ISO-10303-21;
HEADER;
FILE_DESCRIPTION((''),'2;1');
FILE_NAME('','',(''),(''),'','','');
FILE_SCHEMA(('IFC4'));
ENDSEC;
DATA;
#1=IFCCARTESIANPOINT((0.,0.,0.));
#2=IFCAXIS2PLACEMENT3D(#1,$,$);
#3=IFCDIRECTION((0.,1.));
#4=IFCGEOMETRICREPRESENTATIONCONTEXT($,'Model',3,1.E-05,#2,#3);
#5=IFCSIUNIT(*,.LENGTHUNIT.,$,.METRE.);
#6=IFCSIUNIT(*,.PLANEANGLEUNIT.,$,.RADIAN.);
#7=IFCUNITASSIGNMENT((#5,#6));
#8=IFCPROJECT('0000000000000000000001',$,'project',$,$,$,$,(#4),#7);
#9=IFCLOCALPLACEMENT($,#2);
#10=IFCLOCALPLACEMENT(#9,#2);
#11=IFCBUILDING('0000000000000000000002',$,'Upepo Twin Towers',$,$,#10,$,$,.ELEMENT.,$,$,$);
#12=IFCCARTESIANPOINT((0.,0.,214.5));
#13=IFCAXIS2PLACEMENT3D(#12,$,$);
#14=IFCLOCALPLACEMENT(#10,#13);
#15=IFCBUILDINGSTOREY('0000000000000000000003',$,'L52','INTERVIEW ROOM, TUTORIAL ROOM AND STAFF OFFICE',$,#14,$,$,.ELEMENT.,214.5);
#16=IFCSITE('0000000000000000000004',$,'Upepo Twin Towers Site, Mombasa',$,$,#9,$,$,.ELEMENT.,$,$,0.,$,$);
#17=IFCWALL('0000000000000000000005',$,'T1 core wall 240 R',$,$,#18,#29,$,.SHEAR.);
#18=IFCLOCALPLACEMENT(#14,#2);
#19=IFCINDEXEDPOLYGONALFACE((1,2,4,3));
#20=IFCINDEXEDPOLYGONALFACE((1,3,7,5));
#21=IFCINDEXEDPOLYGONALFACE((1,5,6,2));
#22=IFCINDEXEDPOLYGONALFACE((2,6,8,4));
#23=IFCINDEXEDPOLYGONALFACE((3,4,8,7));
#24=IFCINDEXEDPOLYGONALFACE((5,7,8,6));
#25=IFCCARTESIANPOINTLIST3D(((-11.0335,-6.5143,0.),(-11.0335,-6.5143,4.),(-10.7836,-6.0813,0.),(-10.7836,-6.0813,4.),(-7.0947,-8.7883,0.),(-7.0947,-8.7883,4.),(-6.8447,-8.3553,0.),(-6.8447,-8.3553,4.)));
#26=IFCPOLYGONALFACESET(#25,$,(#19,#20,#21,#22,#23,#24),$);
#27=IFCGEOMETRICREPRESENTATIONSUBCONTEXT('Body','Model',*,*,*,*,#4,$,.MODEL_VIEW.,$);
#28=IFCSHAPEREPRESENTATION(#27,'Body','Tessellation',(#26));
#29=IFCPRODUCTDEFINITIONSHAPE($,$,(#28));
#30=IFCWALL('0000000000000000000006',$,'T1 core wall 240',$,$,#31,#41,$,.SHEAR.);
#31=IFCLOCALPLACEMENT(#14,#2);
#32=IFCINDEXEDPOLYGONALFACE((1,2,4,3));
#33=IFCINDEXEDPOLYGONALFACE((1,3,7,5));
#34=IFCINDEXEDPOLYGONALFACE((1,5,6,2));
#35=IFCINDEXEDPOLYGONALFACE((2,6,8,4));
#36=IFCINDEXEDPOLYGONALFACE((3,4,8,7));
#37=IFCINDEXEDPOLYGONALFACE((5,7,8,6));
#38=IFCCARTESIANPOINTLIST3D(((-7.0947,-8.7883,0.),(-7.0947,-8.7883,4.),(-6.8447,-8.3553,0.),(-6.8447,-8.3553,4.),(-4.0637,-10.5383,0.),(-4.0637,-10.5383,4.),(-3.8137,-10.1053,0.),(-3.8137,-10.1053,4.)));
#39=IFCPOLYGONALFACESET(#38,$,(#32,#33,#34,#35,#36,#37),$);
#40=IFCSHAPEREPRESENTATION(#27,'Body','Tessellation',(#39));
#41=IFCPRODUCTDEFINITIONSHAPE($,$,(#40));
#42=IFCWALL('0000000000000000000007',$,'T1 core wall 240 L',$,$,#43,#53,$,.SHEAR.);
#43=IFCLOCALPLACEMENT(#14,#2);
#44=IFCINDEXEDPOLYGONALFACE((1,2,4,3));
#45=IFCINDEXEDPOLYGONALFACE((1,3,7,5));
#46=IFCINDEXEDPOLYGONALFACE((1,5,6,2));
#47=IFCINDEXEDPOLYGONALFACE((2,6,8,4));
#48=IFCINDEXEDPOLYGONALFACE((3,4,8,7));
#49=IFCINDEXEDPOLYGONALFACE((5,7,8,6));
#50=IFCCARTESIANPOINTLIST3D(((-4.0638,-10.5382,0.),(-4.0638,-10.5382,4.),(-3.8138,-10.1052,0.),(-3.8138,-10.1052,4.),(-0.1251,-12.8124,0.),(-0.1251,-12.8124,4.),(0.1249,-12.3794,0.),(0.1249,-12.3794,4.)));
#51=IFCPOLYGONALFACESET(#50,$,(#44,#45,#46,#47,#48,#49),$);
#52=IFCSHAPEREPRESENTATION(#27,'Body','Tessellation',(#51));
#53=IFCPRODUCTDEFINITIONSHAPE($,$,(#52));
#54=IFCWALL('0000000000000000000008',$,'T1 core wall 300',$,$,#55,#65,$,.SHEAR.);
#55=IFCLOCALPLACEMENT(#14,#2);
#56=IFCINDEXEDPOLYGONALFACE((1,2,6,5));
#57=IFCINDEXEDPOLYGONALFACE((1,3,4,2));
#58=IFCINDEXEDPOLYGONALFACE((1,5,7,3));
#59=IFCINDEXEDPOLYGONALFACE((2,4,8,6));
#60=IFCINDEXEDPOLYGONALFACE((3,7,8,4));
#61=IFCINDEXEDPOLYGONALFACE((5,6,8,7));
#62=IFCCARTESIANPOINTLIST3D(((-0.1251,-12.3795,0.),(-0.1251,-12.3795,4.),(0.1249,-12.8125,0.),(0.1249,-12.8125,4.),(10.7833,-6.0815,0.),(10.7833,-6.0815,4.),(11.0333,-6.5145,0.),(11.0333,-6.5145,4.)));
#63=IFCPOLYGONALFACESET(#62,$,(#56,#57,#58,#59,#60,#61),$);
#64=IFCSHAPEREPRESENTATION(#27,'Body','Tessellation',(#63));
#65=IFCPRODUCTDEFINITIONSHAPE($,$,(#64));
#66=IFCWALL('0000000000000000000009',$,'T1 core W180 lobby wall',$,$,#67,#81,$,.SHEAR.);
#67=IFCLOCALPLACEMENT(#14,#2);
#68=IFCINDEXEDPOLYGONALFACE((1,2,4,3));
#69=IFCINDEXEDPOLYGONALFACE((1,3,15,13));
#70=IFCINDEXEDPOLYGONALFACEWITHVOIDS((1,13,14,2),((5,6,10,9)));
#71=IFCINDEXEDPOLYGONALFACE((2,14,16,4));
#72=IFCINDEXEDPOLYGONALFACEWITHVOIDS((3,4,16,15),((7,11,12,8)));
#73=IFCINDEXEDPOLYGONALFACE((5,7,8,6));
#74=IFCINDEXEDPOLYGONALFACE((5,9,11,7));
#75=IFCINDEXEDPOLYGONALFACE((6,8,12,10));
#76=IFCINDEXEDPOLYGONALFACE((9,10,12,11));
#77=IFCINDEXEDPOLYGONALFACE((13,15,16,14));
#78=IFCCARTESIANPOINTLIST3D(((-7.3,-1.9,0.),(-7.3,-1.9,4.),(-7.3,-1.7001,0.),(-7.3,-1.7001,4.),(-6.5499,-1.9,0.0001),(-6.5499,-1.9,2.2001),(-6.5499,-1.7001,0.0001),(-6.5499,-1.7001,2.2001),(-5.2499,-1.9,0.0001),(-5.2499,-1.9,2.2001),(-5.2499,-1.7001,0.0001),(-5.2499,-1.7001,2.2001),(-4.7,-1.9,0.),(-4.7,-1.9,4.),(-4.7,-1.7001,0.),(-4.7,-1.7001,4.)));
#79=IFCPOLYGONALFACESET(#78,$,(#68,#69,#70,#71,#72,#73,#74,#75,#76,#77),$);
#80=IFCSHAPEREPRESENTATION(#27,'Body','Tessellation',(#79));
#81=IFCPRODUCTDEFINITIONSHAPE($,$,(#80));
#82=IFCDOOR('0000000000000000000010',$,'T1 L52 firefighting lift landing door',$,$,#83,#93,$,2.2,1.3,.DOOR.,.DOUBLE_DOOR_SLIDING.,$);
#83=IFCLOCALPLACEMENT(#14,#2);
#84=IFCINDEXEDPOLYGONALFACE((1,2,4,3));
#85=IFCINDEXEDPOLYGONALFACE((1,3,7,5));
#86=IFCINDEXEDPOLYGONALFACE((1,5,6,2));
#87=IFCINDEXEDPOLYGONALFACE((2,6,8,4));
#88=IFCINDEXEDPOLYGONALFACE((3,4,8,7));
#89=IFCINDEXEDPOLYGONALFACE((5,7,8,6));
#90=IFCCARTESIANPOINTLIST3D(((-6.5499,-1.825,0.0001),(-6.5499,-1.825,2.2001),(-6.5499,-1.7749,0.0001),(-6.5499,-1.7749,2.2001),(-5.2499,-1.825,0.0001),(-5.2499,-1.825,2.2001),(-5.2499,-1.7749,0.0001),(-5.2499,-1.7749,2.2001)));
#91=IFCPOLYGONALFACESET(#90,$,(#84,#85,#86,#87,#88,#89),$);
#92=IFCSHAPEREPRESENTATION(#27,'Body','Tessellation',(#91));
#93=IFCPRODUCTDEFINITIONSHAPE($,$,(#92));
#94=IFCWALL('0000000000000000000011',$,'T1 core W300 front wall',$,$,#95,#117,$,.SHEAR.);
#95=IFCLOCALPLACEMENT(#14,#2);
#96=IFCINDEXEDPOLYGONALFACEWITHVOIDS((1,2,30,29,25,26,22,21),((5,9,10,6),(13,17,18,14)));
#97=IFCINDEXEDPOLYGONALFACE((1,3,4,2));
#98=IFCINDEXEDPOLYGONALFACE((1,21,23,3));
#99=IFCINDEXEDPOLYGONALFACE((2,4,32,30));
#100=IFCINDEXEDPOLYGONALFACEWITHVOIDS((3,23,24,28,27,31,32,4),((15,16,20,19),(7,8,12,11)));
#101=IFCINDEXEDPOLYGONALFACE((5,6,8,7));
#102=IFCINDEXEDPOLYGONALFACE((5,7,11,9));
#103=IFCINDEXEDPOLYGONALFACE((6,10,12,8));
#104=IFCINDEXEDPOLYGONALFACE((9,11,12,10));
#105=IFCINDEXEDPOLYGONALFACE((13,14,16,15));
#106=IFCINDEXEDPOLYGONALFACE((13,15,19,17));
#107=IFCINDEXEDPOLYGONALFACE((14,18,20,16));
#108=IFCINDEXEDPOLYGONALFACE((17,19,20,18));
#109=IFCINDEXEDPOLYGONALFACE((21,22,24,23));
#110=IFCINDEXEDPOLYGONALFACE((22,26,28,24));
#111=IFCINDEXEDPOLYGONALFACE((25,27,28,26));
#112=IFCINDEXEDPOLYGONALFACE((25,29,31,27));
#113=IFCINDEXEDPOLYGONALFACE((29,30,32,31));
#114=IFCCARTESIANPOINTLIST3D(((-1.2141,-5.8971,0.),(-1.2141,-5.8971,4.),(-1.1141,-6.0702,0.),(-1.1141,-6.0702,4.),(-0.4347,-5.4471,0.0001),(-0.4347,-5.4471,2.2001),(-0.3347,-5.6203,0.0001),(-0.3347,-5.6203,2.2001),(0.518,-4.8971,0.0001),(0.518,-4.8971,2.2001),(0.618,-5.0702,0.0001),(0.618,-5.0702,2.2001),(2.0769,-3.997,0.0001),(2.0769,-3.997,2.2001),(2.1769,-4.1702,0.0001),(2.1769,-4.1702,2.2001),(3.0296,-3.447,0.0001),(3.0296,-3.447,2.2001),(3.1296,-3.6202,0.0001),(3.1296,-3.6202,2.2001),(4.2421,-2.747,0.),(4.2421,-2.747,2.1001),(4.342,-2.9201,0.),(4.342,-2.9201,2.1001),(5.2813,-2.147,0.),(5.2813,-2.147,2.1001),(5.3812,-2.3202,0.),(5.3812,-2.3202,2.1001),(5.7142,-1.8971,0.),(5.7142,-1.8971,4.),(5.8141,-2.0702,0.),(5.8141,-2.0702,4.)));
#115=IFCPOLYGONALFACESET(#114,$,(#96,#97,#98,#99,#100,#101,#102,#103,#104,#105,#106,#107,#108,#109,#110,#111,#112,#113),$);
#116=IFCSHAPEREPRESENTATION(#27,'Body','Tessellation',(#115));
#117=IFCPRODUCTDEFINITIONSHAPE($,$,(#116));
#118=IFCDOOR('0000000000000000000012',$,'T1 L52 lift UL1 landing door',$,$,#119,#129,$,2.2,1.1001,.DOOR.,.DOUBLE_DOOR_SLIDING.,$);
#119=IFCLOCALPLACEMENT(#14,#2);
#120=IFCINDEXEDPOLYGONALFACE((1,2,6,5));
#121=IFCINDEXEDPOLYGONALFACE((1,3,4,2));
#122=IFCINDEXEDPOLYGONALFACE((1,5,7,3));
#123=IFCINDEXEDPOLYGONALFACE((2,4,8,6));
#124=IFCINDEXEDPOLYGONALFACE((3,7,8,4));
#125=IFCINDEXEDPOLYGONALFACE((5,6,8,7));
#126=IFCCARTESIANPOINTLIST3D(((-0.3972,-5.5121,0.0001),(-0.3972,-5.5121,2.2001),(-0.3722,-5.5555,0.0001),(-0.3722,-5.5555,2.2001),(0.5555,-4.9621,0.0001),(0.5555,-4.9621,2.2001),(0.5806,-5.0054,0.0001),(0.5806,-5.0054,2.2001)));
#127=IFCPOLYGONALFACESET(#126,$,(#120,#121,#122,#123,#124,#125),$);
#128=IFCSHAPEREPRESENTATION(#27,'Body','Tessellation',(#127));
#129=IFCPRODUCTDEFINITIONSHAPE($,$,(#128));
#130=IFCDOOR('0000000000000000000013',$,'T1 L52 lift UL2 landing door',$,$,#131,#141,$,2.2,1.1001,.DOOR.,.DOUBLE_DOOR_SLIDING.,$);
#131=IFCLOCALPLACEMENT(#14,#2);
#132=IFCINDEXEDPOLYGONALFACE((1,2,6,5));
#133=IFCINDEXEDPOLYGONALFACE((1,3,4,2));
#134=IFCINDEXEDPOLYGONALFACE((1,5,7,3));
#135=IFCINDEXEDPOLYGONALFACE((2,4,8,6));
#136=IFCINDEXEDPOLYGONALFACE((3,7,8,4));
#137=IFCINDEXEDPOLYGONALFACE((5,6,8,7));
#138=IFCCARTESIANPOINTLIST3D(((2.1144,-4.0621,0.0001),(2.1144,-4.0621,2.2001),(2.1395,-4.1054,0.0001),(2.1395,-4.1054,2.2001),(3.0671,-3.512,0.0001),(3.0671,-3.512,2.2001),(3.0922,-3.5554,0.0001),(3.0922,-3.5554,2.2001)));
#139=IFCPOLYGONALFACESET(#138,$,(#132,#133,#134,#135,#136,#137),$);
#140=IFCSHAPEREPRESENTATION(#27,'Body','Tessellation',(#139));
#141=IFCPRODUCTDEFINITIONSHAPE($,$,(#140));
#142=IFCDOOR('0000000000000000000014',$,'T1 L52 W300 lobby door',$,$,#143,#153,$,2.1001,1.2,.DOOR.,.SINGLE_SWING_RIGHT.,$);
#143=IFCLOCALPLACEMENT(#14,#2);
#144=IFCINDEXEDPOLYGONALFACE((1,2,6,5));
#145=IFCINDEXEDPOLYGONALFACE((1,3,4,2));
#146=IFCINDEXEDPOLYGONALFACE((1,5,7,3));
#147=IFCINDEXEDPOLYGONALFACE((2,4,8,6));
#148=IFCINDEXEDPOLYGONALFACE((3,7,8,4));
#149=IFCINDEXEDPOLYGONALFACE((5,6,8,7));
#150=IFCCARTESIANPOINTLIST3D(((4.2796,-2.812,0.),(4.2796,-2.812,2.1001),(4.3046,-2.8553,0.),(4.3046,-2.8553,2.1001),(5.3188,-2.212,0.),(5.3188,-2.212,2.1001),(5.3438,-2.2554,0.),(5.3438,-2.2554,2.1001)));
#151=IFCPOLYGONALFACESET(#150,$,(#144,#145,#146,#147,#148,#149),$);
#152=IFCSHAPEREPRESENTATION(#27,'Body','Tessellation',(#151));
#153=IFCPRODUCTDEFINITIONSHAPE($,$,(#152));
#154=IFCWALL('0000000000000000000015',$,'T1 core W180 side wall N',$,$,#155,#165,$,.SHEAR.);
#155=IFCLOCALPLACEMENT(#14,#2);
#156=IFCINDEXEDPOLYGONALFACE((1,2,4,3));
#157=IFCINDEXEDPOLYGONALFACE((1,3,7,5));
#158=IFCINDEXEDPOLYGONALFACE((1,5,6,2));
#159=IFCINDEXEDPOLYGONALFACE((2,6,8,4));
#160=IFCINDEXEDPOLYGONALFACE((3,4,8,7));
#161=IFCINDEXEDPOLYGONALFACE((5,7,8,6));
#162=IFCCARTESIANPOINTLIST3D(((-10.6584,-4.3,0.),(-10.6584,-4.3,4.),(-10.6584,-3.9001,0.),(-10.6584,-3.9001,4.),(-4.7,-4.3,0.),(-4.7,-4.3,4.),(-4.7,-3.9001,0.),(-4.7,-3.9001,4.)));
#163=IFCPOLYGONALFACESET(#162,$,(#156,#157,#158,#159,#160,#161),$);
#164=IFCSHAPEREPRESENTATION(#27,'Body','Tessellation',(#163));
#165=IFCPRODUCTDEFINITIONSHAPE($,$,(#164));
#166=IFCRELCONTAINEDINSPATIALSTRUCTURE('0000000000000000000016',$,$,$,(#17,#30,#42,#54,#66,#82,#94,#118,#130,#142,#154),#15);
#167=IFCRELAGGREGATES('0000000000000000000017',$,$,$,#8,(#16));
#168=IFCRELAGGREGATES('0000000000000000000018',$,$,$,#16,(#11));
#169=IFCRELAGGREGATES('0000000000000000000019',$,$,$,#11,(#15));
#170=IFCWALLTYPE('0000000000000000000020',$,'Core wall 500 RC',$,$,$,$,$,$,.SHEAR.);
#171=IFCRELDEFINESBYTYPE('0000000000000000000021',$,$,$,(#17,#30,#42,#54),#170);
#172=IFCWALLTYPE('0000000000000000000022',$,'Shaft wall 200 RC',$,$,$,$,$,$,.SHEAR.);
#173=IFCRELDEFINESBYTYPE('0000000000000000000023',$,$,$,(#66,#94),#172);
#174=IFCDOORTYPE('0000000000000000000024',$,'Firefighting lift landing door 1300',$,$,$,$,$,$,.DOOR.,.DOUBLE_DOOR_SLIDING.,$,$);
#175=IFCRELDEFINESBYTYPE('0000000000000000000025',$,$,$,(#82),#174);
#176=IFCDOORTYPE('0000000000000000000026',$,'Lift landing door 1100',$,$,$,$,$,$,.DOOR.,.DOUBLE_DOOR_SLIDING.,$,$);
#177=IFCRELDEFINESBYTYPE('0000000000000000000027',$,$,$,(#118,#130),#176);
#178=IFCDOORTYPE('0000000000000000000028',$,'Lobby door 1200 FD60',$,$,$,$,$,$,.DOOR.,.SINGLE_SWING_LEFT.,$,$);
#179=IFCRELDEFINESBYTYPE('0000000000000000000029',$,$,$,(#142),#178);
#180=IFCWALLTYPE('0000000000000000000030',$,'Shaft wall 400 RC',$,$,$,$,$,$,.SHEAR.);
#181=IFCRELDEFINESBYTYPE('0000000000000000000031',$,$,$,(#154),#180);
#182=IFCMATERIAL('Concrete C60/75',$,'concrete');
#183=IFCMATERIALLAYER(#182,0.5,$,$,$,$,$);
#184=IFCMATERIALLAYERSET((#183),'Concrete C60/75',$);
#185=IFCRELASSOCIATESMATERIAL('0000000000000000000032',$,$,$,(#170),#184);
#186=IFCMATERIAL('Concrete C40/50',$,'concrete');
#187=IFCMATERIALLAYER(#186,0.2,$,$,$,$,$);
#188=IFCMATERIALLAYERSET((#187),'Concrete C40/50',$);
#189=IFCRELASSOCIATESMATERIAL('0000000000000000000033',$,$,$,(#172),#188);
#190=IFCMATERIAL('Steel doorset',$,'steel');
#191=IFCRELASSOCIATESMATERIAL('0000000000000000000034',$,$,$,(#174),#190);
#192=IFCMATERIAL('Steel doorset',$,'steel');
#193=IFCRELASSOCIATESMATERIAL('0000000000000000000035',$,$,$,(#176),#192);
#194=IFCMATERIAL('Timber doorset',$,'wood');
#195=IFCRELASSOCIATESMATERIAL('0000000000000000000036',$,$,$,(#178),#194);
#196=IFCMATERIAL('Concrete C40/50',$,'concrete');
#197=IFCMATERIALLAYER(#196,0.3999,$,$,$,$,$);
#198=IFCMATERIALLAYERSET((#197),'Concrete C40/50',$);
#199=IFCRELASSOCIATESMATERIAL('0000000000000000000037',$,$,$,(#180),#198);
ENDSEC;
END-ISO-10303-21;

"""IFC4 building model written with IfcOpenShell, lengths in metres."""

from ifc_helpers import new_model, si_unit, direction, frame, frame_2d, origin, place, context, subcontext, project, spatial, rectangle, extrude, material, layer, layer_set, type_object, element, fill, save


model = new_model("IFC4")

# Units and contexts
model_context = context("Model", 3, precision=1e-05, world=origin(), true_north=direction((0.0, 1.0)))
body_context = subcontext(model_context, "Body", "Model", "MODEL_VIEW")
ifc_project = project(units=[si_unit("LENGTHUNIT", "METRE"), si_unit("PLANEANGLEUNIT", "RADIAN")], contexts=[model_context])

# Site, building, storey
site_placement = place(None, origin())
site = spatial("IfcSite", under=ifc_project, at=site_placement, Name="Upepo Twin Towers Site, Mombasa", CompositionType="ELEMENT", RefElevation=0.0)
building_placement = place(site_placement, origin())
building = spatial("IfcBuilding", under=site, at=building_placement, Name="Upepo Twin Towers", CompositionType="ELEMENT")
storey_placement = place(building_placement, frame((0.0, 0.0, 214.5)))
storey = spatial("IfcBuildingStorey", under=building, at=storey_placement, Name="L52", Description="INTERVIEW ROOM, TUTORIAL ROOM AND STAFF OFFICE", CompositionType="ELEMENT", Elevation=214.5)

# Walls
ifc_material_1 = material(Name="Concrete C60/75", Category="concrete")
ifc_layer_1 = layer(ifc_material_1, 0.5)
ifc_layer_set_1 = layer_set([ifc_layer_1], Name="Concrete C60/75")
wall_type_1 = type_object("IfcWallType", Name="Core wall 500 RC", PredefinedType="SHEAR", material=ifc_layer_set_1)
wall_1_placement = place(storey_placement, frame((-10.9084, -6.2979, 0.0), z_axis=(0.0, 0.0, 1.0), x_axis=(0.866035, -0.499984, 0.0)))
element("IfcWall", 1, at=wall_1_placement, inside=storey, type_object=wall_type_1, Name="T1 core wall 240 R", PredefinedType="SHEAR", context=body_context, shape_type="SweptSolid", body=[
    extrude(rectangle(XDim=4.5481, YDim=0.5, at=frame_2d((2.2739, 0.0))), origin(), (0.0, 0.0, 1.0), 4.0),
])
wall_2_placement = place(storey_placement, frame((-6.9697, -8.5718, 0.0), z_axis=(0.0, 0.0, 1.0), x_axis=(0.866019, -0.50001, 0.0)))
element("IfcWall", 2, at=wall_2_placement, inside=storey, type_object=wall_type_1, Name="T1 core wall 240", PredefinedType="SHEAR", context=body_context, shape_type="SweptSolid", body=[
    extrude(rectangle(XDim=3.5, YDim=0.5, at=frame_2d((1.75, 0.0))), origin(), (0.0, 0.0, 1.0), 4.0),
])
wall_3_placement = place(storey_placement, frame((-3.9387, -10.3218, 0.0), z_axis=(0.0, 0.0, 1.0), x_axis=(0.866011, -0.500024, 0.0)))
element("IfcWall", 3, at=wall_3_placement, inside=storey, type_object=wall_type_1, Name="T1 core wall 240 L", PredefinedType="SHEAR", context=body_context, shape_type="SweptSolid", body=[
    extrude(rectangle(XDim=4.5481, YDim=0.5, at=frame_2d((2.2739, 0.0))), origin(), (0.0, 0.0, 1.0), 4.0),
])
wall_4_placement = place(storey_placement, frame((0.0, -12.5959, 0.0), z_axis=(0.0, 0.0, 1.0), x_axis=(0.866022, 0.500006, 0.0)))
element("IfcWall", 4, at=wall_4_placement, inside=storey, type_object=wall_type_1, Name="T1 core wall 300", PredefinedType="SHEAR", context=body_context, shape_type="SweptSolid", body=[
    extrude(rectangle(XDim=12.5959, YDim=0.5, at=frame_2d((6.2979, 0.0))), origin(), (0.0, 0.0, 1.0), 4.0),
])

# Wall, opening, door
ifc_material_2 = material(Name="Concrete C40/50", Category="concrete")
ifc_layer_2 = layer(ifc_material_2, 0.2)
ifc_layer_set_2 = layer_set([ifc_layer_2], Name="Concrete C40/50")
wall_type_2 = type_object("IfcWallType", Name="Shaft wall 200 RC", PredefinedType="SHEAR", material=ifc_layer_set_2)
wall_5_placement = place(storey_placement, frame((-4.7, -1.8, 0.0), z_axis=(0.0, 0.0, 1.0), x_axis=(-1.0, 0.0, 0.0)))
wall_5 = element("IfcWall", 5, at=wall_5_placement, inside=storey, type_object=wall_type_2, Name="T1 core W180 lobby wall", PredefinedType="SHEAR", context=body_context, shape_type="SweptSolid", body=[
    extrude(rectangle(XDim=2.6001, YDim=0.2, at=frame_2d((1.3, 0.0))), origin(), (0.0, 0.0, 1.0), 4.0),
])
opening_1_placement = place(wall_5_placement, frame((0.55, 0.0, 0.0)))
opening_1 = element("IfcOpeningElement", 6, at=opening_1_placement, cuts=wall_5, PredefinedType="OPENING", context=body_context, shape_type="SweptSolid", body=[
    extrude(rectangle(XDim=1.3, YDim=2.2, at=frame_2d((0.6499, 1.1001))), frame((0.0, 0.1099, 0.0), z_axis=(0.0, -1.0, 0.0), x_axis=(1.0, 0.0, 0.0)), (0.0, 0.0, 1.0), 0.22),
])
ifc_material_3 = material(Name="Steel doorset", Category="steel")
door_type_1 = type_object("IfcDoorType", Name="Firefighting lift landing door 1300", OperationType="DOUBLE_DOOR_SLIDING", PredefinedType="DOOR", material=ifc_material_3)
door_1_placement = place(opening_1_placement, origin())
door_1 = element("IfcDoor", 7, at=door_1_placement, inside=storey, type_object=door_type_1, Name="T1 L52 firefighting lift landing door", OperationType="DOUBLE_DOOR_SLIDING", OverallHeight=2.2, OverallWidth=1.3, PredefinedType="DOOR", context=body_context, shape_type="SweptSolid", body=[
    extrude(rectangle(XDim=1.3, YDim=2.2, at=frame_2d((0.6499, 1.1001))), frame((0.0, 0.0249, 0.0), z_axis=(0.0, -1.0, 0.0), x_axis=(1.0, 0.0, 0.0)), (0.0, 0.0, 1.0), 0.05),
])
fill(opening_1, door_1)

# Wall, openings, doors
wall_6_placement = place(storey_placement, frame((-1.1641, -5.9836, 0.0), z_axis=(0.0, 0.0, 1.0), x_axis=(0.866026, 0.499999, 0.0)))
wall_6 = element("IfcWall", 8, at=wall_6_placement, inside=storey, type_object=wall_type_2, Name="T1 core W300 front wall", PredefinedType="SHEAR", context=body_context, shape_type="SweptSolid", body=[
    extrude(rectangle(XDim=8.0, YDim=0.2, at=frame_2d((4.0, 0.0))), origin(), (0.0, 0.0, 1.0), 4.0),
])
opening_2_placement = place(wall_6_placement, frame((6.3, 0.0, 0.0)))
opening_2 = element("IfcOpeningElement", 9, at=opening_2_placement, cuts=wall_6, PredefinedType="OPENING", context=body_context, shape_type="SweptSolid", body=[
    extrude(rectangle(XDim=1.2, YDim=2.1001, at=frame_2d((0.6001, 1.05))), frame((0.0, 0.1099, 0.0), z_axis=(0.0, -1.0, 0.0), x_axis=(1.0, 0.0, 0.0)), (0.0, 0.0, 1.0), 0.22),
])
opening_3_placement = place(wall_6_placement, frame((0.8999, 0.0, 0.0)))
opening_3 = element("IfcOpeningElement", 10, at=opening_3_placement, cuts=wall_6, PredefinedType="OPENING", context=body_context, shape_type="SweptSolid", body=[
    extrude(rectangle(XDim=1.1001, YDim=2.2, at=frame_2d((0.55, 1.1001))), frame((0.0, 0.1099, 0.0), z_axis=(0.0, -1.0, 0.0), x_axis=(1.0, 0.0, 0.0)), (0.0, 0.0, 1.0), 0.22),
])
opening_4_placement = place(wall_6_placement, frame((3.8, 0.0, 0.0)))
opening_4 = element("IfcOpeningElement", 11, at=opening_4_placement, cuts=wall_6, PredefinedType="OPENING", context=body_context, shape_type="SweptSolid", body=[
    extrude(rectangle(XDim=1.1001, YDim=2.2, at=frame_2d((0.55, 1.1001))), frame((0.0, 0.1099, 0.0), z_axis=(0.0, -1.0, 0.0), x_axis=(1.0, 0.0, 0.0)), (0.0, 0.0, 1.0), 0.22),
])
ifc_material_4 = material(Name="Steel doorset", Category="steel")
door_type_2 = type_object("IfcDoorType", Name="Lift landing door 1100", OperationType="DOUBLE_DOOR_SLIDING", PredefinedType="DOOR", material=ifc_material_4)
door_2_placement = place(opening_3_placement, origin())
door_2 = element("IfcDoor", 12, at=door_2_placement, inside=storey, type_object=door_type_2, Name="T1 L52 lift UL1 landing door", OperationType="DOUBLE_DOOR_SLIDING", OverallHeight=2.2, OverallWidth=1.1001, PredefinedType="DOOR", context=body_context, shape_type="SweptSolid", body=[
    extrude(rectangle(XDim=1.1001, YDim=2.2, at=frame_2d((0.55, 1.1001))), frame((0.0, 0.0249, 0.0), z_axis=(0.0, -1.0, 0.0), x_axis=(1.0, 0.0, 0.0)), (0.0, 0.0, 1.0), 0.05),
])
fill(opening_3, door_2)
door_3_placement = place(opening_4_placement, origin())
door_3 = element("IfcDoor", 13, at=door_3_placement, inside=storey, type_object=door_type_2, Name="T1 L52 lift UL2 landing door", OperationType="DOUBLE_DOOR_SLIDING", OverallHeight=2.2, OverallWidth=1.1001, PredefinedType="DOOR", context=body_context, shape_type="SweptSolid", body=[
    extrude(rectangle(XDim=1.1001, YDim=2.2, at=frame_2d((0.55, 1.1001))), frame((0.0, 0.0249, 0.0), z_axis=(0.0, -1.0, 0.0), x_axis=(1.0, 0.0, 0.0)), (0.0, 0.0, 1.0), 0.05),
])
fill(opening_4, door_3)
ifc_material_5 = material(Name="Timber doorset", Category="wood")
door_type_3 = type_object("IfcDoorType", Name="Lobby door 1200 FD60", OperationType="SINGLE_SWING_LEFT", PredefinedType="DOOR", material=ifc_material_5)
door_4_placement = place(opening_2_placement, origin())
door_4 = element("IfcDoor", 14, at=door_4_placement, inside=storey, type_object=door_type_3, Name="T1 L52 W300 lobby door", OperationType="SINGLE_SWING_RIGHT", OverallHeight=2.1001, OverallWidth=1.2, PredefinedType="DOOR", context=body_context, shape_type="SweptSolid", body=[
    extrude(rectangle(XDim=1.2, YDim=2.1001, at=frame_2d((0.6001, 1.05))), frame((0.0, 0.0249, 0.0), z_axis=(0.0, -1.0, 0.0), x_axis=(1.0, 0.0, 0.0)), (0.0, 0.0, 1.0), 0.05),
])
fill(opening_2, door_4)

# Wall
ifc_material_6 = material(Name="Concrete C40/50", Category="concrete")
ifc_layer_3 = layer(ifc_material_6, 0.3999)
ifc_layer_set_3 = layer_set([ifc_layer_3], Name="Concrete C40/50")
wall_type_3 = type_object("IfcWallType", Name="Shaft wall 400 RC", PredefinedType="SHEAR", material=ifc_layer_set_3)
wall_7_placement = place(storey_placement, frame((-4.7, -4.1001, 0.0), z_axis=(0.0, 0.0, 1.0), x_axis=(-1.0, 0.0, 0.0)))
element("IfcWall", 15, at=wall_7_placement, inside=storey, type_object=wall_type_3, Name="T1 core W180 side wall N", PredefinedType="SHEAR", context=body_context, shape_type="SweptSolid", body=[
    extrude(rectangle(XDim=5.9585, YDim=0.3999, at=frame_2d((2.9792, 0.0))), origin(), (0.0, 0.0, 1.0), 4.0),
])

save(model, "model.ifc")
